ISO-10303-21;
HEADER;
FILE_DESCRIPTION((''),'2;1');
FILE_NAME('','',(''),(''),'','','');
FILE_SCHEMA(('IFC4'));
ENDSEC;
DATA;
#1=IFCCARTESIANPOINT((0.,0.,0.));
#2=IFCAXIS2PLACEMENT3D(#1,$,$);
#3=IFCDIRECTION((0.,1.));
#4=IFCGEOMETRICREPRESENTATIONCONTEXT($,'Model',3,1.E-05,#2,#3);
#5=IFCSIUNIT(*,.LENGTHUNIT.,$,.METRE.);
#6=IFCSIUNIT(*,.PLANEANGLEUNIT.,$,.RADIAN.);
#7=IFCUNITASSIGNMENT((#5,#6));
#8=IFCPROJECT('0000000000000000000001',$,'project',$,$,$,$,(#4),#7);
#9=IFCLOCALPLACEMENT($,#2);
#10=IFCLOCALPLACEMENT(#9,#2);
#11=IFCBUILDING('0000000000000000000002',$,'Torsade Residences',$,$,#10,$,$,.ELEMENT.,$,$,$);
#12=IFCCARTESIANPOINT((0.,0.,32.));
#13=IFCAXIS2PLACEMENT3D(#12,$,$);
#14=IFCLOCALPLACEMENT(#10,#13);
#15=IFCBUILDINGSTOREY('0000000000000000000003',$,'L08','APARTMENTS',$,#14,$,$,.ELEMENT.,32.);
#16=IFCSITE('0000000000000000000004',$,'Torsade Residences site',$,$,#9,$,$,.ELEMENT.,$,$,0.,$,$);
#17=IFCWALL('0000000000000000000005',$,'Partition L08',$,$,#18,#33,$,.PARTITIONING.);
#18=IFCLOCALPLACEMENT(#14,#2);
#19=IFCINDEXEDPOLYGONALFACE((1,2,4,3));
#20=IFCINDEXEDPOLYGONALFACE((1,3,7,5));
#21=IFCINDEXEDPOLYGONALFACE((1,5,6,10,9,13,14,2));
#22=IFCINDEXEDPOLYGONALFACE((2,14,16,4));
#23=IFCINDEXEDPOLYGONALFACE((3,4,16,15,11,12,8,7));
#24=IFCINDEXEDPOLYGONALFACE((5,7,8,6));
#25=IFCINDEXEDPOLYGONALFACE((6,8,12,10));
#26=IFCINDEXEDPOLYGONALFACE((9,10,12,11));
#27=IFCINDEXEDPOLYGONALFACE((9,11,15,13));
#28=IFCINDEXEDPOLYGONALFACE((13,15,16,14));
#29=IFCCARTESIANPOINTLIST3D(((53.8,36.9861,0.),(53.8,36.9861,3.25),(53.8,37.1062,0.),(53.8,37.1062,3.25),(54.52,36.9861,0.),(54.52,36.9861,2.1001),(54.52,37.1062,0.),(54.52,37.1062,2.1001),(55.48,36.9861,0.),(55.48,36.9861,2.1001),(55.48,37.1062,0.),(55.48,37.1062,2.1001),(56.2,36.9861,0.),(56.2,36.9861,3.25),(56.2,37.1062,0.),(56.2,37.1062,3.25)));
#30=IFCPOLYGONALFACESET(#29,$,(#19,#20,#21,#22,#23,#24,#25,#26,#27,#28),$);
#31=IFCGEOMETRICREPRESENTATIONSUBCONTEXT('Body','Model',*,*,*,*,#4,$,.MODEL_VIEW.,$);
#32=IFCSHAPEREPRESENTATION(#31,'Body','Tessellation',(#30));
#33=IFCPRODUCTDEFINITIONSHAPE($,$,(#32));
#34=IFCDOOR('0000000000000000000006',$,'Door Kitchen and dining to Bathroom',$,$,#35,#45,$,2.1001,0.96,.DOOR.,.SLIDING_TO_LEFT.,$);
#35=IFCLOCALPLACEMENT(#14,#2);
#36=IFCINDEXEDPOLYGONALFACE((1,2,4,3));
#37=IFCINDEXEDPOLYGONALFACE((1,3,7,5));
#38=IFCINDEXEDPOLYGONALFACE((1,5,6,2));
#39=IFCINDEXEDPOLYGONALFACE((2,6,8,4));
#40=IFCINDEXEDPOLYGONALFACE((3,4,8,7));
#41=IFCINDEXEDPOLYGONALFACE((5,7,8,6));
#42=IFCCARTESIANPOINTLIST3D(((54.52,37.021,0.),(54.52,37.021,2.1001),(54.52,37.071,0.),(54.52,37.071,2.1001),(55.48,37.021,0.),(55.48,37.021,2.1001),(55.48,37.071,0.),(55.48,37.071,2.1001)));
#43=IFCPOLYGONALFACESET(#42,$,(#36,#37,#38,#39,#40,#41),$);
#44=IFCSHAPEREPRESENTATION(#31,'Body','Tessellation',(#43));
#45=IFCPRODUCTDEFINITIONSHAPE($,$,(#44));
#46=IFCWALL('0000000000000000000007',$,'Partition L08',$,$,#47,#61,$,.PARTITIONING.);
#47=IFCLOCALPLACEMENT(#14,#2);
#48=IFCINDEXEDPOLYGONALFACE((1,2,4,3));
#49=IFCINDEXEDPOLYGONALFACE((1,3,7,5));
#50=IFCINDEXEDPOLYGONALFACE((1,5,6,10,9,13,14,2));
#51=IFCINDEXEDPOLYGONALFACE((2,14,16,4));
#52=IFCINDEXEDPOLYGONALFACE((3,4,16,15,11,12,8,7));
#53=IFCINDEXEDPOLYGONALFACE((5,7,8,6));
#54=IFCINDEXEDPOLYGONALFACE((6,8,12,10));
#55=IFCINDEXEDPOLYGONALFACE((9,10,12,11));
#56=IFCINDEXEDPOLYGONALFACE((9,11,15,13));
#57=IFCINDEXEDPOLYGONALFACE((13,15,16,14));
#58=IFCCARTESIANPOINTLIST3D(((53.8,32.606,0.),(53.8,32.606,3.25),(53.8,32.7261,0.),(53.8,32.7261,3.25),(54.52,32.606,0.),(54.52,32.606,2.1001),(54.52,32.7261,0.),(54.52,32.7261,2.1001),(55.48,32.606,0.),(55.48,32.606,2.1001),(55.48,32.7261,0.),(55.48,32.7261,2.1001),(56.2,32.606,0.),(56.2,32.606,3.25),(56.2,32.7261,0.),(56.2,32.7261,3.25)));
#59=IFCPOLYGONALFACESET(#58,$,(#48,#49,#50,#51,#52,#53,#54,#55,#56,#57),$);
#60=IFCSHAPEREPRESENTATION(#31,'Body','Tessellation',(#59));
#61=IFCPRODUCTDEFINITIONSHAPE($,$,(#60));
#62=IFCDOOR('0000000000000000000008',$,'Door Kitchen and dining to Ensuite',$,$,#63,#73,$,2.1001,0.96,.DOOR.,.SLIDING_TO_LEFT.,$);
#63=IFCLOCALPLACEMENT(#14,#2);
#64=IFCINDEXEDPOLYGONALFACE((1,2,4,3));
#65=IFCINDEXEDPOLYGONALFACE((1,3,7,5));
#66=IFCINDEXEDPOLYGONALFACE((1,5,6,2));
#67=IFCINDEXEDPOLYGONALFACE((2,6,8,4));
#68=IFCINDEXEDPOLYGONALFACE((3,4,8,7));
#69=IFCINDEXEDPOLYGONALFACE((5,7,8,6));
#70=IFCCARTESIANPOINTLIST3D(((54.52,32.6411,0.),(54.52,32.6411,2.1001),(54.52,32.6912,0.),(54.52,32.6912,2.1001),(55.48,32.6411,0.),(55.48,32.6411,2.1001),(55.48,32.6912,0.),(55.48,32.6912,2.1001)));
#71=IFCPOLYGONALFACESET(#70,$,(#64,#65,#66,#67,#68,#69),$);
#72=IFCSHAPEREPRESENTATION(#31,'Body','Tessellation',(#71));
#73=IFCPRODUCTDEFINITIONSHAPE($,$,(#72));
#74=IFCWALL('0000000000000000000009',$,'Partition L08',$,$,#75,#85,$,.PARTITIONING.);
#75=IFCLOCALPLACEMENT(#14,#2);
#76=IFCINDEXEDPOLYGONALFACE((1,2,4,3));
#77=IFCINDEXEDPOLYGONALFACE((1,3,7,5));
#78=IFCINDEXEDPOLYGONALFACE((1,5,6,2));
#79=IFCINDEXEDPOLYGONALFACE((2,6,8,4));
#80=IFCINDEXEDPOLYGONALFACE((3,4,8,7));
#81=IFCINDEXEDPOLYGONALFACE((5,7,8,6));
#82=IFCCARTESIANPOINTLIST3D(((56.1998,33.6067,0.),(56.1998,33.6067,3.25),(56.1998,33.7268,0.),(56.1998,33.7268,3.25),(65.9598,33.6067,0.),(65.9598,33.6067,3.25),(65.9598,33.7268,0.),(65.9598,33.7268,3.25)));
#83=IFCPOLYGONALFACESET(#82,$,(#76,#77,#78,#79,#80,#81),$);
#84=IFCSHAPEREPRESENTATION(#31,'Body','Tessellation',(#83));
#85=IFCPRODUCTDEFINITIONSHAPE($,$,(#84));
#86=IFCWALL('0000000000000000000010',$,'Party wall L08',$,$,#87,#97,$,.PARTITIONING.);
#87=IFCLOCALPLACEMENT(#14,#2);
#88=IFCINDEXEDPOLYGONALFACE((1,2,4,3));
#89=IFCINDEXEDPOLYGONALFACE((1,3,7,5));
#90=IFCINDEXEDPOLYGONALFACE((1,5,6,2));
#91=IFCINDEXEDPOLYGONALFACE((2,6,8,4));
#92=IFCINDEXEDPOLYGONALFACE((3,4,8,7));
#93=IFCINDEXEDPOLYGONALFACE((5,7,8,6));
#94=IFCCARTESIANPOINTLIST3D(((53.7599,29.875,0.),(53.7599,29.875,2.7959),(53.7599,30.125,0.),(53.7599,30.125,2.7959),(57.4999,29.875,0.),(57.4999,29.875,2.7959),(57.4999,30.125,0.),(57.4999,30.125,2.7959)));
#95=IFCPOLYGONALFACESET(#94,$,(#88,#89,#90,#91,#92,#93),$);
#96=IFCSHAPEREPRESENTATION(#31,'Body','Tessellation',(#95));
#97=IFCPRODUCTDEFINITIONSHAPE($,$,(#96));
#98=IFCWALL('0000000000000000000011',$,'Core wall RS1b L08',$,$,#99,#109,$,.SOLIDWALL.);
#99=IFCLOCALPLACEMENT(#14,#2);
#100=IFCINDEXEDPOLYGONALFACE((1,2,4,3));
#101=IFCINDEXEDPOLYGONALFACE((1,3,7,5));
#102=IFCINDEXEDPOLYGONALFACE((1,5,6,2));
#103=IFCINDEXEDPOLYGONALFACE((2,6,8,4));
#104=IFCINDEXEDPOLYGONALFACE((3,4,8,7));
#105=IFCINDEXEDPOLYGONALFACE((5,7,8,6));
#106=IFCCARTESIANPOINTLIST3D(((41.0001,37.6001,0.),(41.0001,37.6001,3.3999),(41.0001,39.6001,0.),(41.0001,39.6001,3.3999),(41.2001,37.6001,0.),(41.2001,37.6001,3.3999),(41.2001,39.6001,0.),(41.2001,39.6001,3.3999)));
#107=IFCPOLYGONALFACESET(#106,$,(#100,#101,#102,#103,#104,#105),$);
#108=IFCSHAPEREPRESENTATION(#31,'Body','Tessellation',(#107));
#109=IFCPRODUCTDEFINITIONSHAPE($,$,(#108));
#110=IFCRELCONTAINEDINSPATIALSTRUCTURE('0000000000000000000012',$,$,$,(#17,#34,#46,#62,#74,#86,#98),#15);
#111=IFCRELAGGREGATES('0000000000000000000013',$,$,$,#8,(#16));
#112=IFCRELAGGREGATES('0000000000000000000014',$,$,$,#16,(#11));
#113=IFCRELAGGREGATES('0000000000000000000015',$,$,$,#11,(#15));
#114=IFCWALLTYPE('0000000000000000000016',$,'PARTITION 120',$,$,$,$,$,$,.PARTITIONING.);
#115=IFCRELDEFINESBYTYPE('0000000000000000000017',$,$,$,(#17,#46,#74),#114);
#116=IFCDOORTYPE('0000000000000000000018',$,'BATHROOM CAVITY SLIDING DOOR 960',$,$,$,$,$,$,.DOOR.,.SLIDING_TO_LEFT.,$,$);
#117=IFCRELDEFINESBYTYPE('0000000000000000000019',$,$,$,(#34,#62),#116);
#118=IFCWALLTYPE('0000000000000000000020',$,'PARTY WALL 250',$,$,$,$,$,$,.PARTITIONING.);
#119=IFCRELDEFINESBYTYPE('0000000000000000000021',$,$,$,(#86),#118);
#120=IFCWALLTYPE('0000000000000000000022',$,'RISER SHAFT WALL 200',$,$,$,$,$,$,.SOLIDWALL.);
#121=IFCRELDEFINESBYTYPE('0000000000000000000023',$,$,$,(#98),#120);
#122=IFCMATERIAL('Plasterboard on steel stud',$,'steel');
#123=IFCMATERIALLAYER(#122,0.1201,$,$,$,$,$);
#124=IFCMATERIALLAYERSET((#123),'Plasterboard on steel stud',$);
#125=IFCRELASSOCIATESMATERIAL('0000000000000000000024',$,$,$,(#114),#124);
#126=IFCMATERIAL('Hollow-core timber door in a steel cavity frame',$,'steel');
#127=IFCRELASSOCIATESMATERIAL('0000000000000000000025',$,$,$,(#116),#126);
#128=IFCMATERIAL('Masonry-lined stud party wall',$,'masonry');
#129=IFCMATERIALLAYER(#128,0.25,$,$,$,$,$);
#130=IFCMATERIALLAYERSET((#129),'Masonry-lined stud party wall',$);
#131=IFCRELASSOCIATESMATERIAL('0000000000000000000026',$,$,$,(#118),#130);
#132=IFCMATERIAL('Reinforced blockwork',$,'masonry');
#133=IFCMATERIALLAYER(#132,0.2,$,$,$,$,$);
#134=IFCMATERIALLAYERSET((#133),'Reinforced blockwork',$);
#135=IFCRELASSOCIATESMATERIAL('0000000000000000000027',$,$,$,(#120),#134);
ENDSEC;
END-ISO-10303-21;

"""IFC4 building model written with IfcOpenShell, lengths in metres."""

from ifc_helpers import new_model, si_unit, direction, frame, frame_2d, origin, place, context, subcontext, project, spatial, rectangle, extrude, material, layer, layer_set, type_object, element, fill, save


model = new_model("IFC4")

# Units and contexts
model_context = context("Model", 3, precision=1e-05, world=origin(), true_north=direction((0.0, 1.0)))
body_context = subcontext(model_context, "Body", "Model", "MODEL_VIEW")
ifc_project = project(units=[si_unit("LENGTHUNIT", "METRE"), si_unit("PLANEANGLEUNIT", "RADIAN")], contexts=[model_context])

# Site, building, storey
site_placement = place(None, origin())
site = spatial("IfcSite", under=ifc_project, at=site_placement, Name="Torsade Residences site", CompositionType="ELEMENT", RefElevation=0.0)
building_placement = place(site_placement, origin())
building = spatial("IfcBuilding", under=site, at=building_placement, Name="Torsade Residences", CompositionType="ELEMENT")
storey_placement = place(building_placement, frame((0.0, 0.0, 32.0)))
storey = spatial("IfcBuildingStorey", under=building, at=storey_placement, Name="L08", Description="APARTMENTS", CompositionType="ELEMENT", Elevation=32.0)

# Walls, openings, doors
ifc_material_1 = material(Name="Plasterboard on steel stud", Category="steel")
ifc_layer_1 = layer(ifc_material_1, 0.1201)
ifc_layer_set_1 = layer_set([ifc_layer_1], Name="Plasterboard on steel stud")
wall_type_1 = type_object("IfcWallType", Name="PARTITION 120", PredefinedType="PARTITIONING", material=ifc_layer_set_1)
wall_1_placement = place(storey_placement, frame((53.8, 37.0461, 0.0), z_axis=(0.0, 0.0, 1.0), x_axis=(1.0, 0.0, 0.0)))
wall_1 = element("IfcWall", 1, at=wall_1_placement, inside=storey, type_object=wall_type_1, Name="Partition L08", PredefinedType="PARTITIONING", context=body_context, shape_type="SweptSolid", body=[
    extrude(rectangle(XDim=2.3999, YDim=0.1201, at=frame_2d((1.2, 0.0))), origin(), (0.0, 0.0, 1.0), 3.25),
])
opening_1_placement = place(wall_1_placement, frame((0.72, 0.0, 0.0)))
opening_1 = element("IfcOpeningElement", 2, at=opening_1_placement, cuts=wall_1, PredefinedType="OPENING", context=body_context, shape_type="SweptSolid", body=[
    extrude(rectangle(XDim=0.96, YDim=2.1001, at=frame_2d((0.48, 1.05))), frame((0.0, 0.0701, 0.0), z_axis=(0.0, -1.0, 0.0), x_axis=(1.0, 0.0, 0.0)), (0.0, 0.0, 1.0), 0.1401),
])
ifc_material_2 = material(Name="Hollow-core timber door in a steel cavity frame", Category="steel")
door_type_1 = type_object("IfcDoorType", Name="BATHROOM CAVITY SLIDING DOOR 960", OperationType="SLIDING_TO_LEFT", PredefinedType="DOOR", material=ifc_material_2)
door_1_placement = place(opening_1_placement, origin())
door_1 = element("IfcDoor", 3, at=door_1_placement, inside=storey, type_object=door_type_1, Name="Door Kitchen and dining to Bathroom", OperationType="SLIDING_TO_LEFT", OverallHeight=2.1001, OverallWidth=0.96, PredefinedType="DOOR", context=body_context, shape_type="SweptSolid", body=[
    extrude(rectangle(XDim=0.96, YDim=2.1001, at=frame_2d((0.48, 1.05))), frame((0.0, 0.0249, 0.0), z_axis=(0.0, -1.0, 0.0), x_axis=(1.0, 0.0, 0.0)), (0.0, 0.0, 1.0), 0.05),
])
fill(opening_1, door_1)
wall_2_placement = place(storey_placement, frame((56.2, 32.666, 0.0), z_axis=(0.0, 0.0, 1.0), x_axis=(-1.0, 0.0, 0.0)))
wall_2 = element("IfcWall", 4, at=wall_2_placement, inside=storey, type_object=wall_type_1, Name="Partition L08", PredefinedType="PARTITIONING", context=body_context, shape_type="SweptSolid", body=[
    extrude(rectangle(XDim=2.3999, YDim=0.1201, at=frame_2d((1.2, 0.0))), origin(), (0.0, 0.0, 1.0), 3.25),
])
opening_2_placement = place(wall_2_placement, frame((0.72, 0.0, 0.0)))
opening_2 = element("IfcOpeningElement", 5, at=opening_2_placement, cuts=wall_2, PredefinedType="OPENING", context=body_context, shape_type="SweptSolid", body=[
    extrude(rectangle(XDim=0.96, YDim=2.1001, at=frame_2d((0.48, 1.05))), frame((0.0, 0.0701, 0.0), z_axis=(0.0, -1.0, 0.0), x_axis=(1.0, 0.0, 0.0)), (0.0, 0.0, 1.0), 0.1401),
])
door_2_placement = place(opening_2_placement, origin())
door_2 = element("IfcDoor", 6, at=door_2_placement, inside=storey, type_object=door_type_1, Name="Door Kitchen and dining to Ensuite", OperationType="SLIDING_TO_LEFT", OverallHeight=2.1001, OverallWidth=0.96, PredefinedType="DOOR", context=body_context, shape_type="SweptSolid", body=[
    extrude(rectangle(XDim=0.96, YDim=2.1001, at=frame_2d((0.48, 1.05))), frame((0.0, 0.0249, 0.0), z_axis=(0.0, -1.0, 0.0), x_axis=(1.0, 0.0, 0.0)), (0.0, 0.0, 1.0), 0.05),
])
fill(opening_2, door_2)

# Walls
wall_3_placement = place(storey_placement, frame((56.2, 33.6667, 0.0), z_axis=(0.0, 0.0, 1.0), x_axis=(1.0, 0.0, 0.0)))
element("IfcWall", 7, at=wall_3_placement, inside=storey, type_object=wall_type_1, Name="Partition L08", PredefinedType="PARTITIONING", context=body_context, shape_type="SweptSolid", body=[
    extrude(rectangle(XDim=9.76, YDim=0.1201, at=frame_2d((4.8799, 0.0))), origin(), (0.0, 0.0, 1.0), 3.25),
])
ifc_material_3 = material(Name="Masonry-lined stud party wall", Category="masonry")
ifc_layer_2 = layer(ifc_material_3, 0.25)
ifc_layer_set_2 = layer_set([ifc_layer_2], Name="Masonry-lined stud party wall")
wall_type_2 = type_object("IfcWallType", Name="PARTY WALL 250", PredefinedType="PARTITIONING", material=ifc_layer_set_2)
wall_4_placement = place(storey_placement, frame((57.5, 30.0, 0.0), z_axis=(0.0, 0.0, 1.0), x_axis=(-1.0, 0.0, 0.0)))
element("IfcWall", 8, at=wall_4_placement, inside=storey, type_object=wall_type_2, Name="Party wall L08", PredefinedType="PARTITIONING", context=body_context, shape_type="SweptSolid", body=[
    extrude(rectangle(XDim=3.74, YDim=0.25, at=frame_2d((1.8701, 0.0))), origin(), (0.0, 0.0, 1.0), 2.7959),
])
ifc_material_4 = material(Name="Reinforced blockwork", Category="masonry")
ifc_layer_3 = layer(ifc_material_4, 0.2)
ifc_layer_set_3 = layer_set([ifc_layer_3], Name="Reinforced blockwork")
wall_type_3 = type_object("IfcWallType", Name="RISER SHAFT WALL 200", PredefinedType="SOLIDWALL", material=ifc_layer_set_3)
wall_5_placement = place(storey_placement, frame((41.1001, 37.6001, 0.0), z_axis=(0.0, 0.0, 1.0), x_axis=(0.0, 1.0, 0.0)))
element("IfcWall", 9, at=wall_5_placement, inside=storey, type_object=wall_type_3, Name="Core wall RS1b L08", PredefinedType="SOLIDWALL", context=body_context, shape_type="SweptSolid", body=[
    extrude(rectangle(XDim=2.0, YDim=0.2, at=frame_2d((1.0, 0.0))), origin(), (0.0, 0.0, 1.0), 3.3999),
])

save(model, "model.ifc")
